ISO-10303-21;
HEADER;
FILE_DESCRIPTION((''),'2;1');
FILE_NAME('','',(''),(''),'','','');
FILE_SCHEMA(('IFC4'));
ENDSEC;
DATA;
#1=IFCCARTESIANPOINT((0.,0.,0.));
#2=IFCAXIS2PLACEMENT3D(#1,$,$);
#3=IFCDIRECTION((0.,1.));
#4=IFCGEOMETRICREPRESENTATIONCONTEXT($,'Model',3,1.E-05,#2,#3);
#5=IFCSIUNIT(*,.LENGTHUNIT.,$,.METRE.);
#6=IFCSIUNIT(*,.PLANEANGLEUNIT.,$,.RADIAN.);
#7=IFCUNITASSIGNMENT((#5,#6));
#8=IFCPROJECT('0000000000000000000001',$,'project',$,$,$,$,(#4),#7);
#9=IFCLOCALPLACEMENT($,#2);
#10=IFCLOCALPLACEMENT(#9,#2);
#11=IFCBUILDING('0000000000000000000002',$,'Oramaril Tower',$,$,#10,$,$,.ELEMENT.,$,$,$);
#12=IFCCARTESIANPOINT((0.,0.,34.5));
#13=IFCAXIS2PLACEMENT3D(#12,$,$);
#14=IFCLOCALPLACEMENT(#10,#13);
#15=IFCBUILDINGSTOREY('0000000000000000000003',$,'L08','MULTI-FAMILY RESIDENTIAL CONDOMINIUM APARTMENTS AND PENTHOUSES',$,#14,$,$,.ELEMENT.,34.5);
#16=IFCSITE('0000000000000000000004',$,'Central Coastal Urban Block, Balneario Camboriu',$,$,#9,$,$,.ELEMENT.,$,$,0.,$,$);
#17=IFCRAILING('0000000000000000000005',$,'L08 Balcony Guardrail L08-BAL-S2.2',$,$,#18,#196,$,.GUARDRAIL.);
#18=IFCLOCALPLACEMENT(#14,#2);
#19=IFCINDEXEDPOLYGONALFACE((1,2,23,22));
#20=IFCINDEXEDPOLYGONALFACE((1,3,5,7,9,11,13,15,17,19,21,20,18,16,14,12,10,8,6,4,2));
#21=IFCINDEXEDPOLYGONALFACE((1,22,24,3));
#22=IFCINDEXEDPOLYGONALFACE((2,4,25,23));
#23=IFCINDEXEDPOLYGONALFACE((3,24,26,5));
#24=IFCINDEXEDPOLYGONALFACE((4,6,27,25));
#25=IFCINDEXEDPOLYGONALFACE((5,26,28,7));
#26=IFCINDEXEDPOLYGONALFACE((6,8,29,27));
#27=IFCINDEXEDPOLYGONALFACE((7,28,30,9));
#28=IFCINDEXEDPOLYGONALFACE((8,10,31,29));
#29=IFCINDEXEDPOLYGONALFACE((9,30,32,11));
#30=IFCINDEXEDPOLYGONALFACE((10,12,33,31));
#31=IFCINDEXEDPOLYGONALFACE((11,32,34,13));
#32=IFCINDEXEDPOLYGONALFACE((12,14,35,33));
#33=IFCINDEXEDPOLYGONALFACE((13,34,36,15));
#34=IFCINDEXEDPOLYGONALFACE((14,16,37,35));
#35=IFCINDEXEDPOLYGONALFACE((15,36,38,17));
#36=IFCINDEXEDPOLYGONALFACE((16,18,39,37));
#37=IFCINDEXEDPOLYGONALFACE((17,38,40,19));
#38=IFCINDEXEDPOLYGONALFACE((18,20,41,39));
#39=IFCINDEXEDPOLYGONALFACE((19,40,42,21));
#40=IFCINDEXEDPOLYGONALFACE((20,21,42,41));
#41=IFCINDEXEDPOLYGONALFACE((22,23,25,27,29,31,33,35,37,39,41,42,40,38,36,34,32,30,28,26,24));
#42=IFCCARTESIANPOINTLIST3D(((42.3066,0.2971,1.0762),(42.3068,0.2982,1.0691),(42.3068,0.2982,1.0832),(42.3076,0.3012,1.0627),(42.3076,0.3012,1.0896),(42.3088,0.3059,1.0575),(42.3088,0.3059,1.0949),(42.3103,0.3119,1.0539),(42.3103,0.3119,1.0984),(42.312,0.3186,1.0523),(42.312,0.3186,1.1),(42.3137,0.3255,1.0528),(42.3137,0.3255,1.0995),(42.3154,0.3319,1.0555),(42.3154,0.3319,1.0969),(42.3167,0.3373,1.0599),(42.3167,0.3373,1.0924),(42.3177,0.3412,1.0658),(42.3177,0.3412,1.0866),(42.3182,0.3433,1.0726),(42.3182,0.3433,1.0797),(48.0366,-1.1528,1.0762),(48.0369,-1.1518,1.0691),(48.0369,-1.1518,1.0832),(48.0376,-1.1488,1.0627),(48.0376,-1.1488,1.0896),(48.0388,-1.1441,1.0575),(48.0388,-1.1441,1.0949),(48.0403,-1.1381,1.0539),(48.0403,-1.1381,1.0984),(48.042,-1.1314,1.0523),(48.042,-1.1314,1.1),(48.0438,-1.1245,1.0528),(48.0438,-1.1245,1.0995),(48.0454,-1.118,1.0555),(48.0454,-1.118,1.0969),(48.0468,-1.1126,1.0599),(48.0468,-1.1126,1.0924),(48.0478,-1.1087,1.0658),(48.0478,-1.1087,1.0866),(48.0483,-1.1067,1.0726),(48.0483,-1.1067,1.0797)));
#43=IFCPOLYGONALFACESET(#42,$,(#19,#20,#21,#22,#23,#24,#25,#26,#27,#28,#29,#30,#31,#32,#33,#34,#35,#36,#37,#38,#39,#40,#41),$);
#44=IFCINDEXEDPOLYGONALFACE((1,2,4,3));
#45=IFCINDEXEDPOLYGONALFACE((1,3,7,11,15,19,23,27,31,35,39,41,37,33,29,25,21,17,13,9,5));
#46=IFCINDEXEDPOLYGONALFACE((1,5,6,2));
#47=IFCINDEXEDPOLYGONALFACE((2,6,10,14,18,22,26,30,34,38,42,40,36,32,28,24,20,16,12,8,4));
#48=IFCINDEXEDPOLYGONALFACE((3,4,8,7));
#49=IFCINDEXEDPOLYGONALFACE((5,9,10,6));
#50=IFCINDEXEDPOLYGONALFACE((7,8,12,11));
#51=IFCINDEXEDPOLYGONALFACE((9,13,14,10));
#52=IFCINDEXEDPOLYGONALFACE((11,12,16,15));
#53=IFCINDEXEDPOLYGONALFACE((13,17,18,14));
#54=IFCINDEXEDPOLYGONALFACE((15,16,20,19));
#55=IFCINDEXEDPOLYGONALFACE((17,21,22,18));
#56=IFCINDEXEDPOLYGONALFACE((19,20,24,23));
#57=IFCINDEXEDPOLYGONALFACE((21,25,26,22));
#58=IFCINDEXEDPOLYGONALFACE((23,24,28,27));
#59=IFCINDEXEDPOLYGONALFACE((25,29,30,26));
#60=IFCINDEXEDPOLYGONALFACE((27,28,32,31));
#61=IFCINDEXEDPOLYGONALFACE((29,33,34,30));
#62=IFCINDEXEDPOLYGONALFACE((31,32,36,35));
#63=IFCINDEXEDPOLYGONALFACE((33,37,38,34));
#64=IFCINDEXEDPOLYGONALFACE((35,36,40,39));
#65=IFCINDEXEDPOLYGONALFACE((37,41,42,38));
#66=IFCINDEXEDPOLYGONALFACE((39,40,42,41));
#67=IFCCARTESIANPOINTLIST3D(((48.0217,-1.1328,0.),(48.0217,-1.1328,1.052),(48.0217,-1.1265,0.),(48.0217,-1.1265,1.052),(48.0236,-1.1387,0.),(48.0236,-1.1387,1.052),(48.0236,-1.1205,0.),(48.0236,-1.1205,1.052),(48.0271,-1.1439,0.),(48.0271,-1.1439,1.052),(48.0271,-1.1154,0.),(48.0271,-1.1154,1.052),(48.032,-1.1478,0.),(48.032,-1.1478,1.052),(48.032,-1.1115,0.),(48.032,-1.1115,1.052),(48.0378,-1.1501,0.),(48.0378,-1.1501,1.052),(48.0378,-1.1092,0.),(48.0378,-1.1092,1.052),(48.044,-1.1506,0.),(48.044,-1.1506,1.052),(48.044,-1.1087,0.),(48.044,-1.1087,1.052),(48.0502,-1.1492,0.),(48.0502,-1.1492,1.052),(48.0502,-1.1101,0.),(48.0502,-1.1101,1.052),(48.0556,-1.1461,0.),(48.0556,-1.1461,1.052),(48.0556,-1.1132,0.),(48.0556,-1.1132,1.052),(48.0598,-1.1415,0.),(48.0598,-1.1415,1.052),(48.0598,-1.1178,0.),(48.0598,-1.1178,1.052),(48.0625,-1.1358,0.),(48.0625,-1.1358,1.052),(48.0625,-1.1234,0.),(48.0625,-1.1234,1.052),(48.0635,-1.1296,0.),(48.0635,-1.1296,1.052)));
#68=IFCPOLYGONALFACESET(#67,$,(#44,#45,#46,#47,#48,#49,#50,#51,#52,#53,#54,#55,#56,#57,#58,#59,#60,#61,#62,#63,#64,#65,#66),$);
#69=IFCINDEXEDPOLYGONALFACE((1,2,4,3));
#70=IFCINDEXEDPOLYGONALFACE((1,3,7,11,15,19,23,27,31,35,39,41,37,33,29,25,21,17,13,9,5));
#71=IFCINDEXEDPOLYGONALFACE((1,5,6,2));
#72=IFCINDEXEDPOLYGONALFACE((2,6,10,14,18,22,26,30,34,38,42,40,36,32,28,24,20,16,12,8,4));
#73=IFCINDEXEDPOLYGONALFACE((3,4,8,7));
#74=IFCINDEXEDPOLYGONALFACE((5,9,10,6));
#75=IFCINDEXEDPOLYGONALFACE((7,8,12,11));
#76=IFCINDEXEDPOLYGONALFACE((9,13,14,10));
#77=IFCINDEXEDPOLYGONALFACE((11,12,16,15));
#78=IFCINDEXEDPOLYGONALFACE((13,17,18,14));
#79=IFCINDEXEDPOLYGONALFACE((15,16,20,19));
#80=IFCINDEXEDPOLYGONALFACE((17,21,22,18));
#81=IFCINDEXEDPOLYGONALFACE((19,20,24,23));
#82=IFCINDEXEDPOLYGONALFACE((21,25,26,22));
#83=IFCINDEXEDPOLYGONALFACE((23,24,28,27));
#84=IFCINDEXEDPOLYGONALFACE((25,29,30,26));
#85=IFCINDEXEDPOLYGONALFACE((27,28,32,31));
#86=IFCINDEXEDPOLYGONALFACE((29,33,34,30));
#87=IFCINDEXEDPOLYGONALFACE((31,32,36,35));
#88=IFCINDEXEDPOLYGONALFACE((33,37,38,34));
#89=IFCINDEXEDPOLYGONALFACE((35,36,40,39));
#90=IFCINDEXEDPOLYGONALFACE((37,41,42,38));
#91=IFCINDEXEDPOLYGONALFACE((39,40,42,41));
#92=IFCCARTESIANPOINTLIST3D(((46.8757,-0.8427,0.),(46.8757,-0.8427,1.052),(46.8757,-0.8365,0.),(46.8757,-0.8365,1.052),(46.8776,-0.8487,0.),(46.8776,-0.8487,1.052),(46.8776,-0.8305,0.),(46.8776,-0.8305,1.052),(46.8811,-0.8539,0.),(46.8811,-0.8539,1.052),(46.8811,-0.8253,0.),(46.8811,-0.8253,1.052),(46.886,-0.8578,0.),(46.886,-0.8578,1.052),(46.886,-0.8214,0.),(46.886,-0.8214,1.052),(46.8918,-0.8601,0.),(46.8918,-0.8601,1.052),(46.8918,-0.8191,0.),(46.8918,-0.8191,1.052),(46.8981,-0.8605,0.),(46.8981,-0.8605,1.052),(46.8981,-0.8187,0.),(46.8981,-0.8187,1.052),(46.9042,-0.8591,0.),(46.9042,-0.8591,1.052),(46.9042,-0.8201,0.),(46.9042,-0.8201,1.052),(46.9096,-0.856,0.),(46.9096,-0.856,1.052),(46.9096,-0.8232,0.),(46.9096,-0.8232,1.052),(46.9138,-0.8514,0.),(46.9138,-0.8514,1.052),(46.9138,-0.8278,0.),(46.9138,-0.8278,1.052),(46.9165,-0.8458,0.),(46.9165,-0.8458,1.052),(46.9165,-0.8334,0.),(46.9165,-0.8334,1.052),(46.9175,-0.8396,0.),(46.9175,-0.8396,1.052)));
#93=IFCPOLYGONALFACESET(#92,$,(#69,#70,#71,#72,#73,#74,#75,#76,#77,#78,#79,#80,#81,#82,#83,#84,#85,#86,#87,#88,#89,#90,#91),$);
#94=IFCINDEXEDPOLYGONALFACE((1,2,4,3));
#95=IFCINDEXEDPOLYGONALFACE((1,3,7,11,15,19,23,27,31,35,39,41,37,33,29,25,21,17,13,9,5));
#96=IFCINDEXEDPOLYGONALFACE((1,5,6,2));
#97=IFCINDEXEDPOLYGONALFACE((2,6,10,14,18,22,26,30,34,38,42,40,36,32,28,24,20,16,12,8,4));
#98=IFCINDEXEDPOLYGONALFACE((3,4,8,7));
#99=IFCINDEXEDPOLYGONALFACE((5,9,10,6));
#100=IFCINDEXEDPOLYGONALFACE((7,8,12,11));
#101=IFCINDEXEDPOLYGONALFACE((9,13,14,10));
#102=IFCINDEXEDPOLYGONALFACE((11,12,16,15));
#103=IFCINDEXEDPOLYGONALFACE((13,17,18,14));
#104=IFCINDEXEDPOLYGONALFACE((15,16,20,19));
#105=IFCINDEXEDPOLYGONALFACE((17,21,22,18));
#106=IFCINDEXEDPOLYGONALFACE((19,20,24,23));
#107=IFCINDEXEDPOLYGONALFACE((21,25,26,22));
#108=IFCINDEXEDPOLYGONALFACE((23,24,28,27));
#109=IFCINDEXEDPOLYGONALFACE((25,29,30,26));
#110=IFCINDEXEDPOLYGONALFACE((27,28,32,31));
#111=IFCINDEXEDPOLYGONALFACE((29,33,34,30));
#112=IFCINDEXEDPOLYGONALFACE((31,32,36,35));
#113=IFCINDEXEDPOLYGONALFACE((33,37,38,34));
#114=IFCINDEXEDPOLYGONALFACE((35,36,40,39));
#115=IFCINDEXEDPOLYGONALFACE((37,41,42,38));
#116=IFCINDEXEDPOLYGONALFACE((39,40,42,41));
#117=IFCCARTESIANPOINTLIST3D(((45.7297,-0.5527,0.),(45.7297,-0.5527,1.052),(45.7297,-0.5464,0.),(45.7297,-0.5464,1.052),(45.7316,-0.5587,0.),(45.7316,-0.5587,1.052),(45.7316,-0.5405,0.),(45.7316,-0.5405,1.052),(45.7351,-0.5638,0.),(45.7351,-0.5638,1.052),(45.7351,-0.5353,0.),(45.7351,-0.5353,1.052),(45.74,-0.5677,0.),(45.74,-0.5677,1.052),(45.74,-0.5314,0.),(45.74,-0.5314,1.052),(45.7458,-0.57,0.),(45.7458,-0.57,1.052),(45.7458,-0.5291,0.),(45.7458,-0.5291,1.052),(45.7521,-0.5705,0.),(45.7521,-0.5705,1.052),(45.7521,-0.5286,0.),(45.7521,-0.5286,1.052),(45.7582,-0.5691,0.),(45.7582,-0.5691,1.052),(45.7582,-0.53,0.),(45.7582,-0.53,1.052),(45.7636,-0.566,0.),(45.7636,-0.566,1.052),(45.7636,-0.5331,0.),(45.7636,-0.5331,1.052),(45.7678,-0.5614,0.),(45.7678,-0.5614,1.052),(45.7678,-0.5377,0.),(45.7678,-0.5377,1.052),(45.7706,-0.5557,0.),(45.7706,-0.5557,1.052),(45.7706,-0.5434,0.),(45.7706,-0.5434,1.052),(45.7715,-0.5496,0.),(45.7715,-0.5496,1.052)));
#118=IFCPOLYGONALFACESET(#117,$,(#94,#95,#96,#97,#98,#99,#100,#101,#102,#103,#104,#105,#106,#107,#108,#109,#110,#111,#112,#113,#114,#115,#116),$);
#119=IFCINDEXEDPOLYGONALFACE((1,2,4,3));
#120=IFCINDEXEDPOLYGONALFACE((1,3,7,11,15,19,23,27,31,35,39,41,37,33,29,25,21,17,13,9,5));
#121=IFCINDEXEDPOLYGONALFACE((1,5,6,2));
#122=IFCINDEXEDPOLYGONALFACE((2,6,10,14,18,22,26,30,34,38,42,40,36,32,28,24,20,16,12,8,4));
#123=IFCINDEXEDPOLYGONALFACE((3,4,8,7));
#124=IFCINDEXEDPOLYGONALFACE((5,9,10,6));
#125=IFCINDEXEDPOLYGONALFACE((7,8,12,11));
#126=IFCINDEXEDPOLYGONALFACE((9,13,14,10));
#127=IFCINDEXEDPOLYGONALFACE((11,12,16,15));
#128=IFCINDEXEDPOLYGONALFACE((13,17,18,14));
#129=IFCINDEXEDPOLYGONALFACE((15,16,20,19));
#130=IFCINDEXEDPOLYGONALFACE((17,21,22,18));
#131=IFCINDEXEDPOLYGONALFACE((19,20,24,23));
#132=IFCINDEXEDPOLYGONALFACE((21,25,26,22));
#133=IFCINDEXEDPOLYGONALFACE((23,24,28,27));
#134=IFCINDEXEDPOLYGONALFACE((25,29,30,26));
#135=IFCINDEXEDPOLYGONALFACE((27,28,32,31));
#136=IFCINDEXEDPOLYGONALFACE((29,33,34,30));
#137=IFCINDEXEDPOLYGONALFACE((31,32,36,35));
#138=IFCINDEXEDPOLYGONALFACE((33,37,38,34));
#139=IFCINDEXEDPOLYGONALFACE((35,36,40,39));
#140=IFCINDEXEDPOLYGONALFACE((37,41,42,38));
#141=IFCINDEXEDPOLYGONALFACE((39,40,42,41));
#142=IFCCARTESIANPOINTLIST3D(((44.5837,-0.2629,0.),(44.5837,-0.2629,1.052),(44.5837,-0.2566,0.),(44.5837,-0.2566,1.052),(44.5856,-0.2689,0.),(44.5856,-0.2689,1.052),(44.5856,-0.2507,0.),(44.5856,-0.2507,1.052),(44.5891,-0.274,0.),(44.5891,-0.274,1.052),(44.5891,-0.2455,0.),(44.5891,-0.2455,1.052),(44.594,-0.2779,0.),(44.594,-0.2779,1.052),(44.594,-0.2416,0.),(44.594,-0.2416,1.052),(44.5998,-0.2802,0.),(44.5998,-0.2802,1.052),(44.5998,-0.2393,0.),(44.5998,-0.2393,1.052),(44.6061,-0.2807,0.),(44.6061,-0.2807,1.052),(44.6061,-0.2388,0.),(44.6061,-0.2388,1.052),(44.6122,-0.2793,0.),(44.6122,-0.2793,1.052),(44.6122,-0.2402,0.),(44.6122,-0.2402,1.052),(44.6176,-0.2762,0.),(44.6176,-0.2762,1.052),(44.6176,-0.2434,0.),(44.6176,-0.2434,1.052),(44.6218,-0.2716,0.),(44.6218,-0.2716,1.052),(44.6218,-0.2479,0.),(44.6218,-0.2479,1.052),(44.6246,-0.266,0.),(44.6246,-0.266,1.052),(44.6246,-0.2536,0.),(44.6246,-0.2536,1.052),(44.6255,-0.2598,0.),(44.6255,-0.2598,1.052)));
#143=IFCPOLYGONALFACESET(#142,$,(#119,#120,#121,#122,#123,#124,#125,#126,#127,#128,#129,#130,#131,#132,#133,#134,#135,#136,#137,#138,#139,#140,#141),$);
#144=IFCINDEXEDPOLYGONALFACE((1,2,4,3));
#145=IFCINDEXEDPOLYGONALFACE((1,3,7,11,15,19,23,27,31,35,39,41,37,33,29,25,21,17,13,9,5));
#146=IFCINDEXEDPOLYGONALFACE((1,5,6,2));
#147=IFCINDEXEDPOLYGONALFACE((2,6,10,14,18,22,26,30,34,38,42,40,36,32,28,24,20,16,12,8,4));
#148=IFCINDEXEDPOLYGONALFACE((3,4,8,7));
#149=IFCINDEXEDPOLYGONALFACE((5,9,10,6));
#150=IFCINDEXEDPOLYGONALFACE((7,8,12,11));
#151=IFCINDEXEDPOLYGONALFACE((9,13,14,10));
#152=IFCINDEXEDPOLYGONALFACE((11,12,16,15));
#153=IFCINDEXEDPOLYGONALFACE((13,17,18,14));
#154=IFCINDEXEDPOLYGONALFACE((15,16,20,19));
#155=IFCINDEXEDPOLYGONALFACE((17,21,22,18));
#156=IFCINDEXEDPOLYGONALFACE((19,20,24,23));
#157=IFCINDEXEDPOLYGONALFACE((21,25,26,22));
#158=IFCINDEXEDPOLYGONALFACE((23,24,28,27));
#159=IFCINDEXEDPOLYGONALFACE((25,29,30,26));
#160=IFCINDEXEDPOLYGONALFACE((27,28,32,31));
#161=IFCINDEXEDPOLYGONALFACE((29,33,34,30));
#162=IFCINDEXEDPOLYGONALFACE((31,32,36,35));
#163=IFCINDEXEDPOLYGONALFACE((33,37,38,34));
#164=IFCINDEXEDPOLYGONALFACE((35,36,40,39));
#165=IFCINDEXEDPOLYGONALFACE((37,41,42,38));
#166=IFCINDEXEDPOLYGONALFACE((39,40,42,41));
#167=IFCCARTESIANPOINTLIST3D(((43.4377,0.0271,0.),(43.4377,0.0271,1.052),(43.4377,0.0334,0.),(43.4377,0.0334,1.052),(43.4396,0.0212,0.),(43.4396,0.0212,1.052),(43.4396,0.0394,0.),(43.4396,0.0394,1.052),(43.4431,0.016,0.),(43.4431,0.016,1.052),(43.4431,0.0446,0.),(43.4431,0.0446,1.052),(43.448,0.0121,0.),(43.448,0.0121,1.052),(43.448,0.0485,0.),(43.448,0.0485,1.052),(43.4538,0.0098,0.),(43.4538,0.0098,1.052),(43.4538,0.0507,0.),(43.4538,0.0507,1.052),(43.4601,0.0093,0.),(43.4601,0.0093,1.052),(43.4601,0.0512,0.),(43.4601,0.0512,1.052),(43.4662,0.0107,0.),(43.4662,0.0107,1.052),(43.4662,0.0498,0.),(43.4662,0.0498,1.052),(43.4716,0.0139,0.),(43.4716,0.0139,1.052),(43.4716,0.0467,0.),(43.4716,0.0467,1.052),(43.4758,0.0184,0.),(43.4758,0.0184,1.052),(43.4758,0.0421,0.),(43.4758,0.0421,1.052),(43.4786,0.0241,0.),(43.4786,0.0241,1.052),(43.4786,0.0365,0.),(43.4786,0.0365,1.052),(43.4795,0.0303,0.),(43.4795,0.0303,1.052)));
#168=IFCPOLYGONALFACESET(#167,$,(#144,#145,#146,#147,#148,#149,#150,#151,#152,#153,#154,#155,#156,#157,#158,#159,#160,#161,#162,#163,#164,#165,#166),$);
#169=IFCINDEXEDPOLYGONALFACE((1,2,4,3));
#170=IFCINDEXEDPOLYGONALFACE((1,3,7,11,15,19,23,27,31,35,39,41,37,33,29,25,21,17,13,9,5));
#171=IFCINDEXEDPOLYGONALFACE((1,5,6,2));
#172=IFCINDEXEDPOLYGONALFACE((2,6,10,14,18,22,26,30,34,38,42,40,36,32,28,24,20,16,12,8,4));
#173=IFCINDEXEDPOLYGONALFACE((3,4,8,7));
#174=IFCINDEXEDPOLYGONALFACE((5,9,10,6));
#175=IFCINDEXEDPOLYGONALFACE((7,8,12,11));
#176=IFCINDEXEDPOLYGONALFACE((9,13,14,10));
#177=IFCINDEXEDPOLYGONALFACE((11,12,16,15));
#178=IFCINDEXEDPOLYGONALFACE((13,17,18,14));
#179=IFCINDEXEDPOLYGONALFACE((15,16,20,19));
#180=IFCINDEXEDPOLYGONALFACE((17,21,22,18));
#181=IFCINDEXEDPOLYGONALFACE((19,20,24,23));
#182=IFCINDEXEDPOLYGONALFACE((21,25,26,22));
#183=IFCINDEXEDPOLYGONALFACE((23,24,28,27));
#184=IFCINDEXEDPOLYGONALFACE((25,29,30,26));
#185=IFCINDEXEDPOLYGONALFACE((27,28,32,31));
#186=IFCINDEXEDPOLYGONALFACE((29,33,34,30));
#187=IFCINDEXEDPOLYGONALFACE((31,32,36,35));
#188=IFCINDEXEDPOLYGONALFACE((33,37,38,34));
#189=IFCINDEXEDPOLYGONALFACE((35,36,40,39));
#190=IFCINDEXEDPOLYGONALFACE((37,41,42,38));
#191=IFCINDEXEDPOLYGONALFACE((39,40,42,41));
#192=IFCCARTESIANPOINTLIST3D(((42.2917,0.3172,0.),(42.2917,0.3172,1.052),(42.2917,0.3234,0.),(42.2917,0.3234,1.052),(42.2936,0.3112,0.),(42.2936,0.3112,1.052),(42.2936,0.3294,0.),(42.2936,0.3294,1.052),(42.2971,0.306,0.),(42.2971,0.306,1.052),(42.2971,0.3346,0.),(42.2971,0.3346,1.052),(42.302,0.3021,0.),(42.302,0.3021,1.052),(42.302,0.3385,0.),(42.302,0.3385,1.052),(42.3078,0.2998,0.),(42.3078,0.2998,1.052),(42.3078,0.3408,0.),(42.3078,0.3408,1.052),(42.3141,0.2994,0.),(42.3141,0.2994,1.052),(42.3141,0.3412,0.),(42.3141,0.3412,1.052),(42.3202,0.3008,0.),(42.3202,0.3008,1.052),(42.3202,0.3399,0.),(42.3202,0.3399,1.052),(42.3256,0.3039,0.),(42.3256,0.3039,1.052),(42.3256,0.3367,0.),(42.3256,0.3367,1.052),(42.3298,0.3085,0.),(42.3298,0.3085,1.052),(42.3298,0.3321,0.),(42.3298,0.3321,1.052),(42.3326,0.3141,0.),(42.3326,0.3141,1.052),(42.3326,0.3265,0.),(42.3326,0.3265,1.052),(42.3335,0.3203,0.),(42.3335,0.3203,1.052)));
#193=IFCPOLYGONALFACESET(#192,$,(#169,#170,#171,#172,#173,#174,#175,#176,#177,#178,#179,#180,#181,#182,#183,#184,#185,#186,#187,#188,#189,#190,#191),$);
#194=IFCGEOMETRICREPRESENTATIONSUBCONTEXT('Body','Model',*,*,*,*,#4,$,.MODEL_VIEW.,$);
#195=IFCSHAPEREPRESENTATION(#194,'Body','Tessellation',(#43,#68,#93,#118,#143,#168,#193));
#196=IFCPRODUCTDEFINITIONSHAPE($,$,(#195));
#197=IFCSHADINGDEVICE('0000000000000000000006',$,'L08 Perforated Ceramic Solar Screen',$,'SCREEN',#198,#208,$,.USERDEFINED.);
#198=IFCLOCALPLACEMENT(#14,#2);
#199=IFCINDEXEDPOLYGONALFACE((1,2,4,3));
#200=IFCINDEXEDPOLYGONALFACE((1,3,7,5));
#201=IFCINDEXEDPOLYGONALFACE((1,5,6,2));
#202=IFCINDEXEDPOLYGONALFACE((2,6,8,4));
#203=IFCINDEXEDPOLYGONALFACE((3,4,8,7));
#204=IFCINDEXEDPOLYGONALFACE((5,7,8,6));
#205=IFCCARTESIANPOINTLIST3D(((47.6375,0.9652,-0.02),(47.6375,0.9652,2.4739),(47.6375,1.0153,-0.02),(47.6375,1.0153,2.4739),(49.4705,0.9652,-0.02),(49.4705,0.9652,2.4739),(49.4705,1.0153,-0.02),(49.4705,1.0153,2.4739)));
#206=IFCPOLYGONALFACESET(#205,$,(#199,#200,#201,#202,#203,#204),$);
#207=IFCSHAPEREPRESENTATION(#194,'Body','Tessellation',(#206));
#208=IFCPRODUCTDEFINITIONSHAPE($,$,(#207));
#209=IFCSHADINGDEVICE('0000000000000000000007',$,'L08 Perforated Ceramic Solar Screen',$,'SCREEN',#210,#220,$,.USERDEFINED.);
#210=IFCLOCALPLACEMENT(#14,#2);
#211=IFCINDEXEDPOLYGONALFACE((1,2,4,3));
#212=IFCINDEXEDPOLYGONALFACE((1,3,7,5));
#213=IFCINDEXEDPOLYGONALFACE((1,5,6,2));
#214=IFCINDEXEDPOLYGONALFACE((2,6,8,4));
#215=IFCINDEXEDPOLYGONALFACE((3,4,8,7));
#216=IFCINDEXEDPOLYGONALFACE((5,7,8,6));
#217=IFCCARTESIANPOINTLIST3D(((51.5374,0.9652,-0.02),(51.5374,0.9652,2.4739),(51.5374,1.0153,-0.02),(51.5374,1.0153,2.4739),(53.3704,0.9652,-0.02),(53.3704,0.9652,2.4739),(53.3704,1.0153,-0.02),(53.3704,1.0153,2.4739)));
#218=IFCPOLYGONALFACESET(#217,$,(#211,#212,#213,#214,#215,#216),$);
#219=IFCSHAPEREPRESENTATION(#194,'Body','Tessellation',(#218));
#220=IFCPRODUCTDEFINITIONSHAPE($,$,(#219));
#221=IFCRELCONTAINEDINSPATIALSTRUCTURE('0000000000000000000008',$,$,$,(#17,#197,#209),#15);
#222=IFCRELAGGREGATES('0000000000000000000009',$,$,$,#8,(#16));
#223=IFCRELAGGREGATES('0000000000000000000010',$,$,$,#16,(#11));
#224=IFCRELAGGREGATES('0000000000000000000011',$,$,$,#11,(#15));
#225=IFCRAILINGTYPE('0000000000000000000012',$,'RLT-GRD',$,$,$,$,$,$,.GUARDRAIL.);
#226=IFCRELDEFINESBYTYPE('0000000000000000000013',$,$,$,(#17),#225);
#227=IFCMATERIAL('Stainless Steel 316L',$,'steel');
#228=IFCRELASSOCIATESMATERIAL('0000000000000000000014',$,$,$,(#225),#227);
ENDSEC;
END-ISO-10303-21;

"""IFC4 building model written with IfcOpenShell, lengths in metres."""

from ifc_helpers import new_model, si_unit, direction, frame, origin, origin_2d, place, context, subcontext, project, spatial, rectangle, circle, extrude, material, type_object, element, save


model = new_model("IFC4")

# Units and contexts
model_context = context("Model", 3, precision=1e-05, world=origin(), true_north=direction((0.0, 1.0)))
body_context = subcontext(model_context, "Body", "Model", "MODEL_VIEW")
ifc_project = project(units=[si_unit("LENGTHUNIT", "METRE"), si_unit("PLANEANGLEUNIT", "RADIAN")], contexts=[model_context])

# Site, building, storey
site_placement = place(None, origin())
site = spatial("IfcSite", under=ifc_project, at=site_placement, Name="Central Coastal Urban Block, Balneario Camboriu", CompositionType="ELEMENT", RefElevation=0.0)
building_placement = place(site_placement, origin())
building = spatial("IfcBuilding", under=site, at=building_placement, Name="Oramaril Tower", CompositionType="ELEMENT")
storey_placement = place(building_placement, frame((0.0, 0.0, 34.5)))
storey = spatial("IfcBuildingStorey", under=building, at=storey_placement, Name="L08", Description="MULTI-FAMILY RESIDENTIAL CONDOMINIUM APARTMENTS AND PENTHOUSES", CompositionType="ELEMENT", Elevation=34.5)

# Railing
ifc_material_1 = material(Name="Stainless Steel 316L", Category="steel")
railing_type = type_object("IfcRailingType", Name="RLT-GRD", PredefinedType="GUARDRAIL", material=ifc_material_1)
railing_1_placement = place(storey_placement, frame((48.0425, -1.1296, 0.0)))
element("IfcRailing", 1, at=railing_1_placement, inside=storey, type_object=railing_type, Name="L08 Balcony Guardrail L08-BAL-S2.2", PredefinedType="GUARDRAIL", context=body_context, shape_type="SweptSolid", body=[
    extrude(circle(Radius=0.0239, at=origin_2d()), frame((0.0, 0.0, 1.0762), z_axis=(-0.969444, 0.245314, 0.0), x_axis=(-0.245314, -0.969444, 0.0)), (0.0, 0.0, 1.0), 5.9106),
    extrude(circle(Radius=0.021, at=origin_2d()), origin(), (0.0, 0.0, 1.0), 1.052),
    extrude(circle(Radius=0.021, at=origin_2d()), frame((-1.146, 0.29, 0.0)), (0.0, 0.0, 1.0), 1.052),
    extrude(circle(Radius=0.021, at=origin_2d()), frame((-2.292, 0.5801, 0.0)), (0.0, 0.0, 1.0), 1.052),
    extrude(circle(Radius=0.021, at=origin_2d()), frame((-3.438, 0.8699, 0.0)), (0.0, 0.0, 1.0), 1.052),
    extrude(circle(Radius=0.021, at=origin_2d()), frame((-4.584, 1.1599, 0.0)), (0.0, 0.0, 1.0), 1.052),
    extrude(circle(Radius=0.021, at=origin_2d()), frame((-5.73, 1.45, 0.0)), (0.0, 0.0, 1.0), 1.052),
])

# Shading devices
for number, where, z_axis, x_axis, name in (
    (2, (48.554, 0.9902, -0.02), (0.0, 0.0, 1.0), (1.0, 0.0, 0.0), "L08 Perforated Ceramic Solar Screen"),
    (3, (52.4539, 0.9902, -0.02), (0.0, 0.0, 1.0), (1.0, 0.0, 0.0), "L08 Perforated Ceramic Solar Screen"),
):
    element("IfcShadingDevice", number, at=place(storey_placement, frame(where, z_axis=z_axis, x_axis=x_axis)), inside=storey, Name=name, ObjectType="SCREEN", PredefinedType="USERDEFINED", context=body_context, shape_type="SweptSolid", body=[
        extrude(rectangle(XDim=1.833, YDim=0.05, at=origin_2d()), origin(), (0.0, 0.0, 1.0), 2.4939),
    ])

save(model, "model.ifc")
